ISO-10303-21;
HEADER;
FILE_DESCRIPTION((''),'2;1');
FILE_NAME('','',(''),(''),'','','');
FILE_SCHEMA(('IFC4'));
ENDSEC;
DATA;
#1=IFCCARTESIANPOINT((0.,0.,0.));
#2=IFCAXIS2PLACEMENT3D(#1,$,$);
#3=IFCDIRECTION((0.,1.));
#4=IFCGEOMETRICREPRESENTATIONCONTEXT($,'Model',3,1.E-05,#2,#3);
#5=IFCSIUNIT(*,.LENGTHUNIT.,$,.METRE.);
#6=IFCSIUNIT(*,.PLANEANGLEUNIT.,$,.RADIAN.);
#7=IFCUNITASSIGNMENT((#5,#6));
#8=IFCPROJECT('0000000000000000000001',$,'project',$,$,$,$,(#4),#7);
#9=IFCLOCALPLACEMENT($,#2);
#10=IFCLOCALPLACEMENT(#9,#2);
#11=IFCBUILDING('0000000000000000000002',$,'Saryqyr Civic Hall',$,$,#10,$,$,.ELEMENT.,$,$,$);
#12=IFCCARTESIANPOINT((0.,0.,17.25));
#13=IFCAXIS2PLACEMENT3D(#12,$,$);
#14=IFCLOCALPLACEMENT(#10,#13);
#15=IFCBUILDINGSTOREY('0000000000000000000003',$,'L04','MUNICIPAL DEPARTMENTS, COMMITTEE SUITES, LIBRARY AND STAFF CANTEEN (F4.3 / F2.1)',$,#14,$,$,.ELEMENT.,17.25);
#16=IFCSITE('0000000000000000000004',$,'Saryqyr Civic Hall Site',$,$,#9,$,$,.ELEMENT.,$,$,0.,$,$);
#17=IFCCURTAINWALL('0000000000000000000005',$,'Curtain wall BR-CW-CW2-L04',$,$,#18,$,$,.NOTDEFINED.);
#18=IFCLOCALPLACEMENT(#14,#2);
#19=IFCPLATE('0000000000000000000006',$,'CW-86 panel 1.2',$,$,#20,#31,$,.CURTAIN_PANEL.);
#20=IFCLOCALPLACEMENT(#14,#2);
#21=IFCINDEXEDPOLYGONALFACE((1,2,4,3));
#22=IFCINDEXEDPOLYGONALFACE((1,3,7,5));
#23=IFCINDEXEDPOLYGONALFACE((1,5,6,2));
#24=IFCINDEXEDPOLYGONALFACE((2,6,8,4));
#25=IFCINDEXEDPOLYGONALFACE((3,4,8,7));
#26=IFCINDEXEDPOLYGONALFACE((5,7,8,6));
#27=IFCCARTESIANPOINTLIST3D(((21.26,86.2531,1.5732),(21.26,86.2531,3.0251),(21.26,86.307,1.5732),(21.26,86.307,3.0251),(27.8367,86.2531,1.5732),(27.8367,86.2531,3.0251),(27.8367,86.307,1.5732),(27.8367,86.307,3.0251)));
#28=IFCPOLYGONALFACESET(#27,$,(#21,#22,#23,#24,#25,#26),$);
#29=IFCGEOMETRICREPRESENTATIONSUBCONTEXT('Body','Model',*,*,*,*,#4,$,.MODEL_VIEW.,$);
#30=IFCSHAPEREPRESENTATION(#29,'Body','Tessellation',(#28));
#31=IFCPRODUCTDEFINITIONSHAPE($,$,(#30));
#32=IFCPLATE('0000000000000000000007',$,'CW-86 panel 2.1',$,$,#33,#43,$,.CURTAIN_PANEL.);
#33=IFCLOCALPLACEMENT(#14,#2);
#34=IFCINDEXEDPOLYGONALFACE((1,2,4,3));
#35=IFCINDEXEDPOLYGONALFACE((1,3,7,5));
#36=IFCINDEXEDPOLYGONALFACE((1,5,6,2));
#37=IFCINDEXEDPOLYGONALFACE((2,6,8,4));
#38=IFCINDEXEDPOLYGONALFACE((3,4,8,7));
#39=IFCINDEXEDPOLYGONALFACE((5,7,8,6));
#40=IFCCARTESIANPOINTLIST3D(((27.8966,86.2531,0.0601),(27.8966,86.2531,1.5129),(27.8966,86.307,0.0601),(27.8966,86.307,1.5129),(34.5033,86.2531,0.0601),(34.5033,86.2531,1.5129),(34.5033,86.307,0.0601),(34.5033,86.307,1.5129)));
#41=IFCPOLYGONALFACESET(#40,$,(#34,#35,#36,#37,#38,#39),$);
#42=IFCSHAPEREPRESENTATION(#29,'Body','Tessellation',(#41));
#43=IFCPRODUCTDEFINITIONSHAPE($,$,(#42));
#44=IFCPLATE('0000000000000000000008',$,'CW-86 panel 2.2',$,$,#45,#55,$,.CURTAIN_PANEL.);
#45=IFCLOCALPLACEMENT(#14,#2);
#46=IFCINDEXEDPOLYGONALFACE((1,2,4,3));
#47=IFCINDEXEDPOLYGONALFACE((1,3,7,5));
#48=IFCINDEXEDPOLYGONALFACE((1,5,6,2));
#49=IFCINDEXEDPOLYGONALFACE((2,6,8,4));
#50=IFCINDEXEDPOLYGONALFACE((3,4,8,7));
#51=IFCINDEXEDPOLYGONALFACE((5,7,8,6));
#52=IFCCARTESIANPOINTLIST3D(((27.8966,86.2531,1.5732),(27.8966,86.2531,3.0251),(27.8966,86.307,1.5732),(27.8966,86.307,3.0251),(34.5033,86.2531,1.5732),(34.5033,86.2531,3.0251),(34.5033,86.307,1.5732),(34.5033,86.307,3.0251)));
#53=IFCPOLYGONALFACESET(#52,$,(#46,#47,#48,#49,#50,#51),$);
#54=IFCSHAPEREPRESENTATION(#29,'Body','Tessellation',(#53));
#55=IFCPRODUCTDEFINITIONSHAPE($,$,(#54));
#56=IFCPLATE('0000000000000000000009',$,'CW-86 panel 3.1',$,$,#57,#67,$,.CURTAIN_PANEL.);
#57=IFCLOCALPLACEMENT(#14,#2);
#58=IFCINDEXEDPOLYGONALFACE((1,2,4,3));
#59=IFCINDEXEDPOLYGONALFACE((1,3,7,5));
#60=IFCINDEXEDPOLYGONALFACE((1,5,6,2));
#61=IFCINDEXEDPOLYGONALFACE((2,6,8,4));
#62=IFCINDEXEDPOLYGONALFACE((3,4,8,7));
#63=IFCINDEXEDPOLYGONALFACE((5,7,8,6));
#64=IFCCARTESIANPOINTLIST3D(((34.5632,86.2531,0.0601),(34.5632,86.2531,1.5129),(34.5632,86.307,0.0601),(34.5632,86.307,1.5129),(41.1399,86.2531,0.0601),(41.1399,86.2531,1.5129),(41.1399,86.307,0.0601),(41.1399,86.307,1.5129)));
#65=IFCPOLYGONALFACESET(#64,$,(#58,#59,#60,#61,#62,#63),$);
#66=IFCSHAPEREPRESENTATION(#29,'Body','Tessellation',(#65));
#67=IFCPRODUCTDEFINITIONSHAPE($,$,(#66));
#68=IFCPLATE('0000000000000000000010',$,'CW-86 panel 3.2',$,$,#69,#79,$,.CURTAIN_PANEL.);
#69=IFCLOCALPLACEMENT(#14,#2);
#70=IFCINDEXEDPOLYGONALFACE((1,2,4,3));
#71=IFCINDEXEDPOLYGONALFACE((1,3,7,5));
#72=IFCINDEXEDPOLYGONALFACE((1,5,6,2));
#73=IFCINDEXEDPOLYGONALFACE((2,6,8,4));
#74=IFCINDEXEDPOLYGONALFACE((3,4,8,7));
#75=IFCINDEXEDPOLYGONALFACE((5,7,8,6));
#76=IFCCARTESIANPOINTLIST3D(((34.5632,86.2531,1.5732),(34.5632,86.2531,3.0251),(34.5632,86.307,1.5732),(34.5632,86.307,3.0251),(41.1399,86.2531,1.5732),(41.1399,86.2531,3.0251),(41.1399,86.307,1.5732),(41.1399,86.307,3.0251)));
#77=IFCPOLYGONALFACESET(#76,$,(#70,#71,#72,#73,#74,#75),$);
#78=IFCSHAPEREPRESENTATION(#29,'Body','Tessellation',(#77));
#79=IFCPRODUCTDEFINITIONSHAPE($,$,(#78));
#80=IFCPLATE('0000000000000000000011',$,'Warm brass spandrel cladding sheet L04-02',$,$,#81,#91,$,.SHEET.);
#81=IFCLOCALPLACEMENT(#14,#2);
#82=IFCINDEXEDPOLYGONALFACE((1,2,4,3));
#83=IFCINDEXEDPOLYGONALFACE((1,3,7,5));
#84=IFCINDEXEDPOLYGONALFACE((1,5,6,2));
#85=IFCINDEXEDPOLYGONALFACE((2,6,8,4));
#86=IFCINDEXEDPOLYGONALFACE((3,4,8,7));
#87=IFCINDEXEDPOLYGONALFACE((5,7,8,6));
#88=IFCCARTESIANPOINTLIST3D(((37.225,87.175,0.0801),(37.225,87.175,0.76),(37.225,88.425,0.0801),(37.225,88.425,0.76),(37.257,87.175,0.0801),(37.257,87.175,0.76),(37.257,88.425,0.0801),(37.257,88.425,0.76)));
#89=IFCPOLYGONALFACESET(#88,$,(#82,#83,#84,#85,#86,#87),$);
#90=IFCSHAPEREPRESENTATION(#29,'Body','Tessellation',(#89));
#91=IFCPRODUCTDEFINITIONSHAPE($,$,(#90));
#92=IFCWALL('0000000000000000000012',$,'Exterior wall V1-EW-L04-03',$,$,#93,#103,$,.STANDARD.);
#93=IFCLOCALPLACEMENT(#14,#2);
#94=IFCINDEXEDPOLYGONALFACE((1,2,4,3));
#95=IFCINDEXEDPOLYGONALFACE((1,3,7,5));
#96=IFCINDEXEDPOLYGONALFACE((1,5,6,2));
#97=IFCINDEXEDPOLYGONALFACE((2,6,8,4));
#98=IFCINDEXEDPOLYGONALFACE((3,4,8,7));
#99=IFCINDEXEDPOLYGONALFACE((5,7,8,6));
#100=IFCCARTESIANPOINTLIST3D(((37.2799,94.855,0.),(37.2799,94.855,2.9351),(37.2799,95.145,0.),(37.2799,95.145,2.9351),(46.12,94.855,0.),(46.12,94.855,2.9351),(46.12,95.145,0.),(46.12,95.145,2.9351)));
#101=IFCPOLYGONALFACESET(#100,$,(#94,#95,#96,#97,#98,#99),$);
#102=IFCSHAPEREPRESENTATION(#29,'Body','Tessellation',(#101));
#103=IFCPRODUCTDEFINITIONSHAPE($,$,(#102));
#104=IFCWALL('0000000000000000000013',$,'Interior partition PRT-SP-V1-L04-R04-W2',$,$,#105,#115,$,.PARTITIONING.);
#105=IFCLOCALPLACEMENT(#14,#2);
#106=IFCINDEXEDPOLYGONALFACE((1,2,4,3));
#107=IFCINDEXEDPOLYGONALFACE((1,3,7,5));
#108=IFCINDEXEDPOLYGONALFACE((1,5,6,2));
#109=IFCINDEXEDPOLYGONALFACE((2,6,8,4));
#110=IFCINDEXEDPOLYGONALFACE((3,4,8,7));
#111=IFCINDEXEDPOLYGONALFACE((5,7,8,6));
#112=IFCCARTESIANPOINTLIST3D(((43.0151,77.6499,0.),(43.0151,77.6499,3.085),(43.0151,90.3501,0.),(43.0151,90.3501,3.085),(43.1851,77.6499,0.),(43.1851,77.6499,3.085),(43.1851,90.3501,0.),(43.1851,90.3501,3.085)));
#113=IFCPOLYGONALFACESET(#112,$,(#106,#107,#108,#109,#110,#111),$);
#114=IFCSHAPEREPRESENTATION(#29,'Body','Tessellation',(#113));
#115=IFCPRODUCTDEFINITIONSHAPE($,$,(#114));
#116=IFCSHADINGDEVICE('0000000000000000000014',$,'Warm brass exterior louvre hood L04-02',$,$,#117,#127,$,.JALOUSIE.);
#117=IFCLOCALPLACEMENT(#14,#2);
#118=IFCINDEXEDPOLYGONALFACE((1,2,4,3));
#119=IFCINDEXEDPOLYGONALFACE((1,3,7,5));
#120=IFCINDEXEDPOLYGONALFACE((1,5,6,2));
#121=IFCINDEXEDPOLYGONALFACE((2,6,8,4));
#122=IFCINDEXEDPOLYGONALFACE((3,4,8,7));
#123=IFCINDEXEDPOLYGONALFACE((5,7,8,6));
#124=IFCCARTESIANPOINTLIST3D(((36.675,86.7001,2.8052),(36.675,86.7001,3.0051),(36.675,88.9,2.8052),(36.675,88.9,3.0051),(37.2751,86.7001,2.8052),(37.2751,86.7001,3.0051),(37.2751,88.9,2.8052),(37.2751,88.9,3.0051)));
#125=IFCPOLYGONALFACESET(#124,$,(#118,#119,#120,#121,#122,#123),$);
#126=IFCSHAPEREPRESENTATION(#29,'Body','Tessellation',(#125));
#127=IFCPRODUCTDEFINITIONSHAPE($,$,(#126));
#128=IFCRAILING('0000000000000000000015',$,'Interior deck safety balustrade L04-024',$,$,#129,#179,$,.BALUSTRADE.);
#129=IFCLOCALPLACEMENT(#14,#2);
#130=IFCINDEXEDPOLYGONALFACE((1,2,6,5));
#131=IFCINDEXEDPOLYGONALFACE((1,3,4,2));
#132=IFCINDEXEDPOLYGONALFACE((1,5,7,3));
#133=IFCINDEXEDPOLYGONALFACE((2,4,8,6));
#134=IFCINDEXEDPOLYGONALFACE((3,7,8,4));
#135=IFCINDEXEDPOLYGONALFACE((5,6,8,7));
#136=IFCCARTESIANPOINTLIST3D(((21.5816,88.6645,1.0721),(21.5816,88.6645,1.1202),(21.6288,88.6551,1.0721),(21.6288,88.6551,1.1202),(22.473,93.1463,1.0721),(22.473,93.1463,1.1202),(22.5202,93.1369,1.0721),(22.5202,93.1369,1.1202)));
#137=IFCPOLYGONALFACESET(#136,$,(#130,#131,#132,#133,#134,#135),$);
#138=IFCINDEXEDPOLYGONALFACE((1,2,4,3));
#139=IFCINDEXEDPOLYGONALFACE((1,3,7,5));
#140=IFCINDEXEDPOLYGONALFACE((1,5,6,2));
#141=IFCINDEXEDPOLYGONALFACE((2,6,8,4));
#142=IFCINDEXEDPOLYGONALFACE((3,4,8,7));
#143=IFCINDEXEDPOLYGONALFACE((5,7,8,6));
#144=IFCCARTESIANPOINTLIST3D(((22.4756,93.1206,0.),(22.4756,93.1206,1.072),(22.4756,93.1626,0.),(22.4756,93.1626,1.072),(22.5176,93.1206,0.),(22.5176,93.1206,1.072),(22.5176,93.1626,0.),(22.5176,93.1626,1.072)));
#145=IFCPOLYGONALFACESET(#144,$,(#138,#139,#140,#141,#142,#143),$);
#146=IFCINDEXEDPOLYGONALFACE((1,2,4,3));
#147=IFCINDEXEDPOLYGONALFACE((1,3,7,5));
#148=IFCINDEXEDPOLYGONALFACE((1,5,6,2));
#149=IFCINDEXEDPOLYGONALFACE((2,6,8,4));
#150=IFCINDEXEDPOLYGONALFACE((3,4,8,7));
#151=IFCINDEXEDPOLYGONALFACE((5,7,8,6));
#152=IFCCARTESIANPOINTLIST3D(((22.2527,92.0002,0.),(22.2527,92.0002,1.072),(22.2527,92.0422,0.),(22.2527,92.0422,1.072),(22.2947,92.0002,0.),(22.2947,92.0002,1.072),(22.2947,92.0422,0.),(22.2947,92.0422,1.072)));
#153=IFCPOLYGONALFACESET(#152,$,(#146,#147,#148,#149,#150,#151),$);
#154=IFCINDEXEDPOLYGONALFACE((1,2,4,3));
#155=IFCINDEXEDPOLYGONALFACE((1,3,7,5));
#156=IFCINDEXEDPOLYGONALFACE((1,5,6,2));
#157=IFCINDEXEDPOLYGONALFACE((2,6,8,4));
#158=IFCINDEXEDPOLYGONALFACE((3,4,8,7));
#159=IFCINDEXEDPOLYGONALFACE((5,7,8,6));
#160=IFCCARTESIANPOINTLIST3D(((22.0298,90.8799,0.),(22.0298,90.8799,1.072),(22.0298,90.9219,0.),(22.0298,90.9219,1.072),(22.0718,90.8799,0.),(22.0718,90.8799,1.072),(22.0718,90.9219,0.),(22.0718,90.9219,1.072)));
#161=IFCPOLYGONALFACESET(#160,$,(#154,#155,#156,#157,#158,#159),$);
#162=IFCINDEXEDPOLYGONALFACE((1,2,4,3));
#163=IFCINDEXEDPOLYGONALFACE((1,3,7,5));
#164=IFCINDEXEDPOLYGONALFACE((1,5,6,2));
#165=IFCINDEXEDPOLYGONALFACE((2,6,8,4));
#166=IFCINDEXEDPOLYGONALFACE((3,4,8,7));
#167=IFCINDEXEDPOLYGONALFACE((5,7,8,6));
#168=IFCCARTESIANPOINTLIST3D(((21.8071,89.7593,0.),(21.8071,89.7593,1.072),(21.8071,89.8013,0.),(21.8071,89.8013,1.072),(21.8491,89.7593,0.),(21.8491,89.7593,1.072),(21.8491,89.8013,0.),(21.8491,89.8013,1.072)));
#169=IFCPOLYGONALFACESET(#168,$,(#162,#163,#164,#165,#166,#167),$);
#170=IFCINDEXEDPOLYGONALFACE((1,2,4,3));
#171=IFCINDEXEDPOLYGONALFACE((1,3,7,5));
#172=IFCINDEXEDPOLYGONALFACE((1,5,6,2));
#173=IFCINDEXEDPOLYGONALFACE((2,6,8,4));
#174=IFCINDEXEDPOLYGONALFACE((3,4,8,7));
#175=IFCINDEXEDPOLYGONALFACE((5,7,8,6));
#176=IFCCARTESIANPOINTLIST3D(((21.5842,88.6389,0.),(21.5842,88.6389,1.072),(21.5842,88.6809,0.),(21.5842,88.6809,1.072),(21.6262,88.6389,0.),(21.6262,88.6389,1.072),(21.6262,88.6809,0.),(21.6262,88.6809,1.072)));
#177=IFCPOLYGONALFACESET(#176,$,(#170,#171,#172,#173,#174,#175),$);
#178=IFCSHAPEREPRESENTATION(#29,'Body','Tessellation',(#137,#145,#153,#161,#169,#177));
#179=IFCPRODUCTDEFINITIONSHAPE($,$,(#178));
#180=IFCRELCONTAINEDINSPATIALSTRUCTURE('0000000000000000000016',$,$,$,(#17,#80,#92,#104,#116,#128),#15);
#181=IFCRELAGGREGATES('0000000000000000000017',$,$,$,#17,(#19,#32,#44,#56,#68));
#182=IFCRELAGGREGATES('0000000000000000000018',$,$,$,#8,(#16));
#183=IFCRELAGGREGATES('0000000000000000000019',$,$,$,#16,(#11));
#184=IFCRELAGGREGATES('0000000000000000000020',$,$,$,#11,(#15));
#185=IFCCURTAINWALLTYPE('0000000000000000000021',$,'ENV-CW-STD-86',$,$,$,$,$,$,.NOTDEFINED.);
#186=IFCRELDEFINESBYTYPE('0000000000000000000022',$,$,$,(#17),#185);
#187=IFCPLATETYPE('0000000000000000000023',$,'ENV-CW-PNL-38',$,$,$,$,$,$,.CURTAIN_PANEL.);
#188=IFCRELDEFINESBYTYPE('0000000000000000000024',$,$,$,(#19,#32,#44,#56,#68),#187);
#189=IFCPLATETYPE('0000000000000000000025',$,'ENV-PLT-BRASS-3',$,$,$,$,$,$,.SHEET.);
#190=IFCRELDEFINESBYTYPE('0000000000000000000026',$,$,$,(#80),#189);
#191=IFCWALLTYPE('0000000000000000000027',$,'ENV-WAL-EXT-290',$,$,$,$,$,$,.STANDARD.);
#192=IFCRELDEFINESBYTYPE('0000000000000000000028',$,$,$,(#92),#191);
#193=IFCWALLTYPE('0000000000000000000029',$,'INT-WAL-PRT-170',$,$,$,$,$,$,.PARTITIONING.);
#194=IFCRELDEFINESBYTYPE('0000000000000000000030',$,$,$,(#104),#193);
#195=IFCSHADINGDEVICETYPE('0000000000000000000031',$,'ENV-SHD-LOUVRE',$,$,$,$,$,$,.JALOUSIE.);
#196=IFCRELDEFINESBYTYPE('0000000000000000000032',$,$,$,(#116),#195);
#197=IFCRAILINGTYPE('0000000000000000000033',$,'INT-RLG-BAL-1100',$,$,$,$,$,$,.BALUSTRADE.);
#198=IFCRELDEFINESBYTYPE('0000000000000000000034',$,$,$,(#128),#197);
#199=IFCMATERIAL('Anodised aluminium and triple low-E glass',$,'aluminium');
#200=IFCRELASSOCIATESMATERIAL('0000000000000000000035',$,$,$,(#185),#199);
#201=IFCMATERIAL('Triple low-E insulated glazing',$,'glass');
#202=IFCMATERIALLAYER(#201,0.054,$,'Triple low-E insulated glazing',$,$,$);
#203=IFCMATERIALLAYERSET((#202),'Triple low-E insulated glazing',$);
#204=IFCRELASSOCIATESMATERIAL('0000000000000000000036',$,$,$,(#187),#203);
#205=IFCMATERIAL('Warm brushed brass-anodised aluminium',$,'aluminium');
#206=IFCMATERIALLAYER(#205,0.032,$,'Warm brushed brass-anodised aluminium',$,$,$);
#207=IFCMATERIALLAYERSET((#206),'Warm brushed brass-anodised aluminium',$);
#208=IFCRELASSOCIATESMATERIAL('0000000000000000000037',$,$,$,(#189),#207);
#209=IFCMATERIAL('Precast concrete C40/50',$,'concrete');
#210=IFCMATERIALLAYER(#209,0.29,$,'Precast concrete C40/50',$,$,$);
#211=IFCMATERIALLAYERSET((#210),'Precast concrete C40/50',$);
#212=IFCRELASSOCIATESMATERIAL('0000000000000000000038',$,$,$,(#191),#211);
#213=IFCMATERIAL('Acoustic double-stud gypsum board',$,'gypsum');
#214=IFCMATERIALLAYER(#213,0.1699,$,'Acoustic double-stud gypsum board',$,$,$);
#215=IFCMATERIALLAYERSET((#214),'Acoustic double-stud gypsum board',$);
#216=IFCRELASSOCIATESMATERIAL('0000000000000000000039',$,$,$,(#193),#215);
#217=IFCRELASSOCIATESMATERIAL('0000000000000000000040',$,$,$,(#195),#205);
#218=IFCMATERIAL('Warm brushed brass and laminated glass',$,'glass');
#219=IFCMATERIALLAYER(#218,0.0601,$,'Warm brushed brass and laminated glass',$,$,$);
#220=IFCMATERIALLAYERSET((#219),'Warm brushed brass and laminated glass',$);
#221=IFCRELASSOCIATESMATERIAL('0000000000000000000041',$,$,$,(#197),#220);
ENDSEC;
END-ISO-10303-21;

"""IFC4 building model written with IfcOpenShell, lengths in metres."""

from ifc_helpers import new_model, si_unit, direction, frame, frame_2d, origin, origin_2d, place, context, subcontext, project, spatial, rectangle, extrude, material, layer, layer_set, type_object, element, aggregate, save


model = new_model("IFC4")

# Units and contexts
model_context = context("Model", 3, precision=1e-05, world=origin(), true_north=direction((0.0, 1.0)))
body_context = subcontext(model_context, "Body", "Model", "MODEL_VIEW")
ifc_project = project(units=[si_unit("LENGTHUNIT", "METRE"), si_unit("PLANEANGLEUNIT", "RADIAN")], contexts=[model_context])

# Site, building, storey
site_placement = place(None, origin())
site = spatial("IfcSite", under=ifc_project, at=site_placement, Name="Saryqyr Civic Hall Site", CompositionType="ELEMENT", RefElevation=0.0)
building_placement = place(site_placement, origin())
building = spatial("IfcBuilding", under=site, at=building_placement, Name="Saryqyr Civic Hall", CompositionType="ELEMENT")
storey_placement = place(building_placement, frame((0.0, 0.0, 17.25)))
storey = spatial("IfcBuildingStorey", under=building, at=storey_placement, Name="L04", Description="MUNICIPAL DEPARTMENTS, COMMITTEE SUITES, LIBRARY AND STAFF CANTEEN (F4.3 / F2.1)", CompositionType="ELEMENT", Elevation=17.25)

# Curtain wall
ifc_material_1 = material(Name="Anodised aluminium and triple low-E glass", Category="aluminium")
curtain_wall_type = type_object("IfcCurtainWallType", Name="ENV-CW-STD-86", PredefinedType="NOTDEFINED", material=ifc_material_1)
curtain_wall_placement = place(storey_placement, origin())
curtain_wall = element("IfcCurtainWall", 1, at=curtain_wall_placement, inside=storey, type_object=curtain_wall_type, Name="Curtain wall BR-CW-CW2-L04", PredefinedType="NOTDEFINED")

# Plates
ifc_material_2 = material(Name="Triple low-E insulated glazing", Category="glass")
ifc_layer_1 = layer(ifc_material_2, 0.054, Name="Triple low-E insulated glazing")
ifc_layer_set_1 = layer_set([ifc_layer_1], Name="Triple low-E insulated glazing")
plate_type_1 = type_object("IfcPlateType", Name="ENV-CW-PNL-38", PredefinedType="CURTAIN_PANEL", material=ifc_layer_set_1)
plate_1_placement = place(storey_placement, frame((24.5483, 86.28, 1.5732), z_axis=(0.0, 0.0, 1.0), x_axis=(1.0, 0.0, 0.0)))
plate_1 = element("IfcPlate", 2, at=plate_1_placement, type_object=plate_type_1, Name="CW-86 panel 1.2", PredefinedType="CURTAIN_PANEL", context=body_context, shape_type="SweptSolid", body=[
    extrude(rectangle(XDim=6.5767, YDim=0.054, at=origin_2d()), origin(), (0.0, 0.0, 1.0), 1.4519),
])
plate_2_placement = place(storey_placement, frame((31.2, 86.28, 0.0601), z_axis=(0.0, 0.0, 1.0), x_axis=(1.0, 0.0, 0.0)))
plate_2 = element("IfcPlate", 3, at=plate_2_placement, type_object=plate_type_1, Name="CW-86 panel 2.1", PredefinedType="CURTAIN_PANEL", context=body_context, shape_type="SweptSolid", body=[
    extrude(rectangle(XDim=6.6067, YDim=0.054, at=origin_2d()), origin(), (0.0, 0.0, 1.0), 1.4529),
])
plate_3_placement = place(storey_placement, frame((31.2, 86.28, 1.5732), z_axis=(0.0, 0.0, 1.0), x_axis=(1.0, 0.0, 0.0)))
plate_3 = element("IfcPlate", 4, at=plate_3_placement, type_object=plate_type_1, Name="CW-86 panel 2.2", PredefinedType="CURTAIN_PANEL", context=body_context, shape_type="SweptSolid", body=[
    extrude(rectangle(XDim=6.6067, YDim=0.054, at=origin_2d()), origin(), (0.0, 0.0, 1.0), 1.4519),
])
plate_4_placement = place(storey_placement, frame((37.8516, 86.28, 0.0601), z_axis=(0.0, 0.0, 1.0), x_axis=(1.0, 0.0, 0.0)))
plate_4 = element("IfcPlate", 5, at=plate_4_placement, type_object=plate_type_1, Name="CW-86 panel 3.1", PredefinedType="CURTAIN_PANEL", context=body_context, shape_type="SweptSolid", body=[
    extrude(rectangle(XDim=6.5767, YDim=0.054, at=origin_2d()), origin(), (0.0, 0.0, 1.0), 1.4529),
])
plate_5_placement = place(storey_placement, frame((37.8516, 86.28, 1.5732), z_axis=(0.0, 0.0, 1.0), x_axis=(1.0, 0.0, 0.0)))
plate_5 = element("IfcPlate", 6, at=plate_5_placement, type_object=plate_type_1, Name="CW-86 panel 3.2", PredefinedType="CURTAIN_PANEL", context=body_context, shape_type="SweptSolid", body=[
    extrude(rectangle(XDim=6.5767, YDim=0.054, at=origin_2d()), origin(), (0.0, 0.0, 1.0), 1.4519),
])
aggregate(curtain_wall, [plate_1, plate_2, plate_3, plate_4, plate_5])
ifc_material_3 = material(Name="Warm brushed brass-anodised aluminium", Category="aluminium")
ifc_layer_2 = layer(ifc_material_3, 0.032, Name="Warm brushed brass-anodised aluminium")
ifc_layer_set_2 = layer_set([ifc_layer_2], Name="Warm brushed brass-anodised aluminium")
plate_type_2 = type_object("IfcPlateType", Name="ENV-PLT-BRASS-3", PredefinedType="SHEET", material=ifc_layer_set_2)
plate_6_placement = place(storey_placement, frame((37.241, 87.8, 0.0801), z_axis=(0.0, 0.0, 1.0), x_axis=(0.0, 1.0, 0.0)))
element("IfcPlate", 7, at=plate_6_placement, inside=storey, type_object=plate_type_2, Name="Warm brass spandrel cladding sheet L04-02", PredefinedType="SHEET", context=body_context, shape_type="SweptSolid", body=[
    extrude(rectangle(XDim=1.25, YDim=0.032, at=origin_2d()), origin(), (0.0, 0.0, 1.0), 0.6799),
])

# Walls
ifc_material_4 = material(Name="Precast concrete C40/50", Category="concrete")
ifc_layer_3 = layer(ifc_material_4, 0.29, Name="Precast concrete C40/50")
ifc_layer_set_3 = layer_set([ifc_layer_3], Name="Precast concrete C40/50")
wall_type_1 = type_object("IfcWallType", Name="ENV-WAL-EXT-290", PredefinedType="STANDARD", material=ifc_layer_set_3)
wall_1_placement = place(storey_placement, frame((37.28, 95.0, 0.0), z_axis=(0.0, 0.0, 1.0), x_axis=(1.0, 0.0, 0.0)))
element("IfcWall", 8, at=wall_1_placement, inside=storey, type_object=wall_type_1, Name="Exterior wall V1-EW-L04-03", PredefinedType="STANDARD", context=body_context, shape_type="SweptSolid", body=[
    extrude(rectangle(XDim=8.8401, YDim=0.29, at=frame_2d((4.4199, 0.0))), origin(), (0.0, 0.0, 1.0), 2.9351),
])
ifc_material_5 = material(Name="Acoustic double-stud gypsum board", Category="gypsum")
ifc_layer_4 = layer(ifc_material_5, 0.1699, Name="Acoustic double-stud gypsum board")
ifc_layer_set_4 = layer_set([ifc_layer_4], Name="Acoustic double-stud gypsum board")
wall_type_2 = type_object("IfcWallType", Name="INT-WAL-PRT-170", PredefinedType="PARTITIONING", material=ifc_layer_set_4)
wall_2_placement = place(storey_placement, frame((43.1001, 90.3501, 0.0), z_axis=(0.0, 0.0, 1.0), x_axis=(0.0, -1.0, 0.0)))
element("IfcWall", 9, at=wall_2_placement, inside=storey, type_object=wall_type_2, Name="Interior partition PRT-SP-V1-L04-R04-W2", PredefinedType="PARTITIONING", context=body_context, shape_type="SweptSolid", body=[
    extrude(rectangle(XDim=12.7002, YDim=0.1699, at=frame_2d((6.3501, 0.0))), origin(), (0.0, 0.0, 1.0), 3.085),
])

# Shading device
shading_device_type = type_object("IfcShadingDeviceType", Name="ENV-SHD-LOUVRE", PredefinedType="JALOUSIE", material=ifc_material_3)
shading_device_placement = place(storey_placement, frame((36.9751, 87.8, 2.8052), z_axis=(0.0, 0.0, 1.0), x_axis=(0.0, 1.0, 0.0)))
element("IfcShadingDevice", 10, at=shading_device_placement, inside=storey, type_object=shading_device_type, Name="Warm brass exterior louvre hood L04-02", PredefinedType="JALOUSIE", context=body_context, shape_type="SweptSolid", body=[
    extrude(rectangle(XDim=2.2, YDim=0.6001, at=origin_2d()), origin(), (0.0, 0.0, 1.0), 0.2),
])

# Railing
ifc_material_6 = material(Name="Warm brushed brass and laminated glass", Category="glass")
ifc_layer_5 = layer(ifc_material_6, 0.0601, Name="Warm brushed brass and laminated glass")
ifc_layer_set_5 = layer_set([ifc_layer_5], Name="Warm brushed brass and laminated glass")
railing_type = type_object("IfcRailingType", Name="INT-RLG-BAL-1100", PredefinedType="BALUSTRADE", material=ifc_layer_set_5)
railing_1_placement = place(storey_placement, frame((22.4966, 93.1416, 0.0)))
element("IfcRailing", 11, at=railing_1_placement, inside=storey, type_object=railing_type, Name="Interior deck safety balustrade L04-024", PredefinedType="BALUSTRADE", context=body_context, shape_type="SweptSolid", body=[
    extrude(rectangle(XDim=0.0481, YDim=0.0481, at=origin_2d()), frame((0.0, 0.0, 1.0962), z_axis=(-0.195068, -0.98079, 0.0), x_axis=(0.98079, -0.195068, 0.0)), (0.0, 0.0, 1.0), 4.5696),
    extrude(rectangle(XDim=0.042, YDim=0.042, at=origin_2d()), origin(), (0.0, 0.0, 1.0), 1.072),
    extrude(rectangle(XDim=0.042, YDim=0.042, at=origin_2d()), frame((-0.2229, -1.1204, 0.0)), (0.0, 0.0, 1.0), 1.072),
    extrude(rectangle(XDim=0.042, YDim=0.042, at=origin_2d()), frame((-0.4458, -2.2407, 0.0)), (0.0, 0.0, 1.0), 1.072),
    extrude(rectangle(XDim=0.042, YDim=0.042, at=origin_2d()), frame((-0.6685, -3.3613, 0.0)), (0.0, 0.0, 1.0), 1.072),
    extrude(rectangle(XDim=0.042, YDim=0.042, at=origin_2d()), frame((-0.8914, -4.4817, 0.0)), (0.0, 0.0, 1.0), 1.072),
])

save(model, "model.ifc")
